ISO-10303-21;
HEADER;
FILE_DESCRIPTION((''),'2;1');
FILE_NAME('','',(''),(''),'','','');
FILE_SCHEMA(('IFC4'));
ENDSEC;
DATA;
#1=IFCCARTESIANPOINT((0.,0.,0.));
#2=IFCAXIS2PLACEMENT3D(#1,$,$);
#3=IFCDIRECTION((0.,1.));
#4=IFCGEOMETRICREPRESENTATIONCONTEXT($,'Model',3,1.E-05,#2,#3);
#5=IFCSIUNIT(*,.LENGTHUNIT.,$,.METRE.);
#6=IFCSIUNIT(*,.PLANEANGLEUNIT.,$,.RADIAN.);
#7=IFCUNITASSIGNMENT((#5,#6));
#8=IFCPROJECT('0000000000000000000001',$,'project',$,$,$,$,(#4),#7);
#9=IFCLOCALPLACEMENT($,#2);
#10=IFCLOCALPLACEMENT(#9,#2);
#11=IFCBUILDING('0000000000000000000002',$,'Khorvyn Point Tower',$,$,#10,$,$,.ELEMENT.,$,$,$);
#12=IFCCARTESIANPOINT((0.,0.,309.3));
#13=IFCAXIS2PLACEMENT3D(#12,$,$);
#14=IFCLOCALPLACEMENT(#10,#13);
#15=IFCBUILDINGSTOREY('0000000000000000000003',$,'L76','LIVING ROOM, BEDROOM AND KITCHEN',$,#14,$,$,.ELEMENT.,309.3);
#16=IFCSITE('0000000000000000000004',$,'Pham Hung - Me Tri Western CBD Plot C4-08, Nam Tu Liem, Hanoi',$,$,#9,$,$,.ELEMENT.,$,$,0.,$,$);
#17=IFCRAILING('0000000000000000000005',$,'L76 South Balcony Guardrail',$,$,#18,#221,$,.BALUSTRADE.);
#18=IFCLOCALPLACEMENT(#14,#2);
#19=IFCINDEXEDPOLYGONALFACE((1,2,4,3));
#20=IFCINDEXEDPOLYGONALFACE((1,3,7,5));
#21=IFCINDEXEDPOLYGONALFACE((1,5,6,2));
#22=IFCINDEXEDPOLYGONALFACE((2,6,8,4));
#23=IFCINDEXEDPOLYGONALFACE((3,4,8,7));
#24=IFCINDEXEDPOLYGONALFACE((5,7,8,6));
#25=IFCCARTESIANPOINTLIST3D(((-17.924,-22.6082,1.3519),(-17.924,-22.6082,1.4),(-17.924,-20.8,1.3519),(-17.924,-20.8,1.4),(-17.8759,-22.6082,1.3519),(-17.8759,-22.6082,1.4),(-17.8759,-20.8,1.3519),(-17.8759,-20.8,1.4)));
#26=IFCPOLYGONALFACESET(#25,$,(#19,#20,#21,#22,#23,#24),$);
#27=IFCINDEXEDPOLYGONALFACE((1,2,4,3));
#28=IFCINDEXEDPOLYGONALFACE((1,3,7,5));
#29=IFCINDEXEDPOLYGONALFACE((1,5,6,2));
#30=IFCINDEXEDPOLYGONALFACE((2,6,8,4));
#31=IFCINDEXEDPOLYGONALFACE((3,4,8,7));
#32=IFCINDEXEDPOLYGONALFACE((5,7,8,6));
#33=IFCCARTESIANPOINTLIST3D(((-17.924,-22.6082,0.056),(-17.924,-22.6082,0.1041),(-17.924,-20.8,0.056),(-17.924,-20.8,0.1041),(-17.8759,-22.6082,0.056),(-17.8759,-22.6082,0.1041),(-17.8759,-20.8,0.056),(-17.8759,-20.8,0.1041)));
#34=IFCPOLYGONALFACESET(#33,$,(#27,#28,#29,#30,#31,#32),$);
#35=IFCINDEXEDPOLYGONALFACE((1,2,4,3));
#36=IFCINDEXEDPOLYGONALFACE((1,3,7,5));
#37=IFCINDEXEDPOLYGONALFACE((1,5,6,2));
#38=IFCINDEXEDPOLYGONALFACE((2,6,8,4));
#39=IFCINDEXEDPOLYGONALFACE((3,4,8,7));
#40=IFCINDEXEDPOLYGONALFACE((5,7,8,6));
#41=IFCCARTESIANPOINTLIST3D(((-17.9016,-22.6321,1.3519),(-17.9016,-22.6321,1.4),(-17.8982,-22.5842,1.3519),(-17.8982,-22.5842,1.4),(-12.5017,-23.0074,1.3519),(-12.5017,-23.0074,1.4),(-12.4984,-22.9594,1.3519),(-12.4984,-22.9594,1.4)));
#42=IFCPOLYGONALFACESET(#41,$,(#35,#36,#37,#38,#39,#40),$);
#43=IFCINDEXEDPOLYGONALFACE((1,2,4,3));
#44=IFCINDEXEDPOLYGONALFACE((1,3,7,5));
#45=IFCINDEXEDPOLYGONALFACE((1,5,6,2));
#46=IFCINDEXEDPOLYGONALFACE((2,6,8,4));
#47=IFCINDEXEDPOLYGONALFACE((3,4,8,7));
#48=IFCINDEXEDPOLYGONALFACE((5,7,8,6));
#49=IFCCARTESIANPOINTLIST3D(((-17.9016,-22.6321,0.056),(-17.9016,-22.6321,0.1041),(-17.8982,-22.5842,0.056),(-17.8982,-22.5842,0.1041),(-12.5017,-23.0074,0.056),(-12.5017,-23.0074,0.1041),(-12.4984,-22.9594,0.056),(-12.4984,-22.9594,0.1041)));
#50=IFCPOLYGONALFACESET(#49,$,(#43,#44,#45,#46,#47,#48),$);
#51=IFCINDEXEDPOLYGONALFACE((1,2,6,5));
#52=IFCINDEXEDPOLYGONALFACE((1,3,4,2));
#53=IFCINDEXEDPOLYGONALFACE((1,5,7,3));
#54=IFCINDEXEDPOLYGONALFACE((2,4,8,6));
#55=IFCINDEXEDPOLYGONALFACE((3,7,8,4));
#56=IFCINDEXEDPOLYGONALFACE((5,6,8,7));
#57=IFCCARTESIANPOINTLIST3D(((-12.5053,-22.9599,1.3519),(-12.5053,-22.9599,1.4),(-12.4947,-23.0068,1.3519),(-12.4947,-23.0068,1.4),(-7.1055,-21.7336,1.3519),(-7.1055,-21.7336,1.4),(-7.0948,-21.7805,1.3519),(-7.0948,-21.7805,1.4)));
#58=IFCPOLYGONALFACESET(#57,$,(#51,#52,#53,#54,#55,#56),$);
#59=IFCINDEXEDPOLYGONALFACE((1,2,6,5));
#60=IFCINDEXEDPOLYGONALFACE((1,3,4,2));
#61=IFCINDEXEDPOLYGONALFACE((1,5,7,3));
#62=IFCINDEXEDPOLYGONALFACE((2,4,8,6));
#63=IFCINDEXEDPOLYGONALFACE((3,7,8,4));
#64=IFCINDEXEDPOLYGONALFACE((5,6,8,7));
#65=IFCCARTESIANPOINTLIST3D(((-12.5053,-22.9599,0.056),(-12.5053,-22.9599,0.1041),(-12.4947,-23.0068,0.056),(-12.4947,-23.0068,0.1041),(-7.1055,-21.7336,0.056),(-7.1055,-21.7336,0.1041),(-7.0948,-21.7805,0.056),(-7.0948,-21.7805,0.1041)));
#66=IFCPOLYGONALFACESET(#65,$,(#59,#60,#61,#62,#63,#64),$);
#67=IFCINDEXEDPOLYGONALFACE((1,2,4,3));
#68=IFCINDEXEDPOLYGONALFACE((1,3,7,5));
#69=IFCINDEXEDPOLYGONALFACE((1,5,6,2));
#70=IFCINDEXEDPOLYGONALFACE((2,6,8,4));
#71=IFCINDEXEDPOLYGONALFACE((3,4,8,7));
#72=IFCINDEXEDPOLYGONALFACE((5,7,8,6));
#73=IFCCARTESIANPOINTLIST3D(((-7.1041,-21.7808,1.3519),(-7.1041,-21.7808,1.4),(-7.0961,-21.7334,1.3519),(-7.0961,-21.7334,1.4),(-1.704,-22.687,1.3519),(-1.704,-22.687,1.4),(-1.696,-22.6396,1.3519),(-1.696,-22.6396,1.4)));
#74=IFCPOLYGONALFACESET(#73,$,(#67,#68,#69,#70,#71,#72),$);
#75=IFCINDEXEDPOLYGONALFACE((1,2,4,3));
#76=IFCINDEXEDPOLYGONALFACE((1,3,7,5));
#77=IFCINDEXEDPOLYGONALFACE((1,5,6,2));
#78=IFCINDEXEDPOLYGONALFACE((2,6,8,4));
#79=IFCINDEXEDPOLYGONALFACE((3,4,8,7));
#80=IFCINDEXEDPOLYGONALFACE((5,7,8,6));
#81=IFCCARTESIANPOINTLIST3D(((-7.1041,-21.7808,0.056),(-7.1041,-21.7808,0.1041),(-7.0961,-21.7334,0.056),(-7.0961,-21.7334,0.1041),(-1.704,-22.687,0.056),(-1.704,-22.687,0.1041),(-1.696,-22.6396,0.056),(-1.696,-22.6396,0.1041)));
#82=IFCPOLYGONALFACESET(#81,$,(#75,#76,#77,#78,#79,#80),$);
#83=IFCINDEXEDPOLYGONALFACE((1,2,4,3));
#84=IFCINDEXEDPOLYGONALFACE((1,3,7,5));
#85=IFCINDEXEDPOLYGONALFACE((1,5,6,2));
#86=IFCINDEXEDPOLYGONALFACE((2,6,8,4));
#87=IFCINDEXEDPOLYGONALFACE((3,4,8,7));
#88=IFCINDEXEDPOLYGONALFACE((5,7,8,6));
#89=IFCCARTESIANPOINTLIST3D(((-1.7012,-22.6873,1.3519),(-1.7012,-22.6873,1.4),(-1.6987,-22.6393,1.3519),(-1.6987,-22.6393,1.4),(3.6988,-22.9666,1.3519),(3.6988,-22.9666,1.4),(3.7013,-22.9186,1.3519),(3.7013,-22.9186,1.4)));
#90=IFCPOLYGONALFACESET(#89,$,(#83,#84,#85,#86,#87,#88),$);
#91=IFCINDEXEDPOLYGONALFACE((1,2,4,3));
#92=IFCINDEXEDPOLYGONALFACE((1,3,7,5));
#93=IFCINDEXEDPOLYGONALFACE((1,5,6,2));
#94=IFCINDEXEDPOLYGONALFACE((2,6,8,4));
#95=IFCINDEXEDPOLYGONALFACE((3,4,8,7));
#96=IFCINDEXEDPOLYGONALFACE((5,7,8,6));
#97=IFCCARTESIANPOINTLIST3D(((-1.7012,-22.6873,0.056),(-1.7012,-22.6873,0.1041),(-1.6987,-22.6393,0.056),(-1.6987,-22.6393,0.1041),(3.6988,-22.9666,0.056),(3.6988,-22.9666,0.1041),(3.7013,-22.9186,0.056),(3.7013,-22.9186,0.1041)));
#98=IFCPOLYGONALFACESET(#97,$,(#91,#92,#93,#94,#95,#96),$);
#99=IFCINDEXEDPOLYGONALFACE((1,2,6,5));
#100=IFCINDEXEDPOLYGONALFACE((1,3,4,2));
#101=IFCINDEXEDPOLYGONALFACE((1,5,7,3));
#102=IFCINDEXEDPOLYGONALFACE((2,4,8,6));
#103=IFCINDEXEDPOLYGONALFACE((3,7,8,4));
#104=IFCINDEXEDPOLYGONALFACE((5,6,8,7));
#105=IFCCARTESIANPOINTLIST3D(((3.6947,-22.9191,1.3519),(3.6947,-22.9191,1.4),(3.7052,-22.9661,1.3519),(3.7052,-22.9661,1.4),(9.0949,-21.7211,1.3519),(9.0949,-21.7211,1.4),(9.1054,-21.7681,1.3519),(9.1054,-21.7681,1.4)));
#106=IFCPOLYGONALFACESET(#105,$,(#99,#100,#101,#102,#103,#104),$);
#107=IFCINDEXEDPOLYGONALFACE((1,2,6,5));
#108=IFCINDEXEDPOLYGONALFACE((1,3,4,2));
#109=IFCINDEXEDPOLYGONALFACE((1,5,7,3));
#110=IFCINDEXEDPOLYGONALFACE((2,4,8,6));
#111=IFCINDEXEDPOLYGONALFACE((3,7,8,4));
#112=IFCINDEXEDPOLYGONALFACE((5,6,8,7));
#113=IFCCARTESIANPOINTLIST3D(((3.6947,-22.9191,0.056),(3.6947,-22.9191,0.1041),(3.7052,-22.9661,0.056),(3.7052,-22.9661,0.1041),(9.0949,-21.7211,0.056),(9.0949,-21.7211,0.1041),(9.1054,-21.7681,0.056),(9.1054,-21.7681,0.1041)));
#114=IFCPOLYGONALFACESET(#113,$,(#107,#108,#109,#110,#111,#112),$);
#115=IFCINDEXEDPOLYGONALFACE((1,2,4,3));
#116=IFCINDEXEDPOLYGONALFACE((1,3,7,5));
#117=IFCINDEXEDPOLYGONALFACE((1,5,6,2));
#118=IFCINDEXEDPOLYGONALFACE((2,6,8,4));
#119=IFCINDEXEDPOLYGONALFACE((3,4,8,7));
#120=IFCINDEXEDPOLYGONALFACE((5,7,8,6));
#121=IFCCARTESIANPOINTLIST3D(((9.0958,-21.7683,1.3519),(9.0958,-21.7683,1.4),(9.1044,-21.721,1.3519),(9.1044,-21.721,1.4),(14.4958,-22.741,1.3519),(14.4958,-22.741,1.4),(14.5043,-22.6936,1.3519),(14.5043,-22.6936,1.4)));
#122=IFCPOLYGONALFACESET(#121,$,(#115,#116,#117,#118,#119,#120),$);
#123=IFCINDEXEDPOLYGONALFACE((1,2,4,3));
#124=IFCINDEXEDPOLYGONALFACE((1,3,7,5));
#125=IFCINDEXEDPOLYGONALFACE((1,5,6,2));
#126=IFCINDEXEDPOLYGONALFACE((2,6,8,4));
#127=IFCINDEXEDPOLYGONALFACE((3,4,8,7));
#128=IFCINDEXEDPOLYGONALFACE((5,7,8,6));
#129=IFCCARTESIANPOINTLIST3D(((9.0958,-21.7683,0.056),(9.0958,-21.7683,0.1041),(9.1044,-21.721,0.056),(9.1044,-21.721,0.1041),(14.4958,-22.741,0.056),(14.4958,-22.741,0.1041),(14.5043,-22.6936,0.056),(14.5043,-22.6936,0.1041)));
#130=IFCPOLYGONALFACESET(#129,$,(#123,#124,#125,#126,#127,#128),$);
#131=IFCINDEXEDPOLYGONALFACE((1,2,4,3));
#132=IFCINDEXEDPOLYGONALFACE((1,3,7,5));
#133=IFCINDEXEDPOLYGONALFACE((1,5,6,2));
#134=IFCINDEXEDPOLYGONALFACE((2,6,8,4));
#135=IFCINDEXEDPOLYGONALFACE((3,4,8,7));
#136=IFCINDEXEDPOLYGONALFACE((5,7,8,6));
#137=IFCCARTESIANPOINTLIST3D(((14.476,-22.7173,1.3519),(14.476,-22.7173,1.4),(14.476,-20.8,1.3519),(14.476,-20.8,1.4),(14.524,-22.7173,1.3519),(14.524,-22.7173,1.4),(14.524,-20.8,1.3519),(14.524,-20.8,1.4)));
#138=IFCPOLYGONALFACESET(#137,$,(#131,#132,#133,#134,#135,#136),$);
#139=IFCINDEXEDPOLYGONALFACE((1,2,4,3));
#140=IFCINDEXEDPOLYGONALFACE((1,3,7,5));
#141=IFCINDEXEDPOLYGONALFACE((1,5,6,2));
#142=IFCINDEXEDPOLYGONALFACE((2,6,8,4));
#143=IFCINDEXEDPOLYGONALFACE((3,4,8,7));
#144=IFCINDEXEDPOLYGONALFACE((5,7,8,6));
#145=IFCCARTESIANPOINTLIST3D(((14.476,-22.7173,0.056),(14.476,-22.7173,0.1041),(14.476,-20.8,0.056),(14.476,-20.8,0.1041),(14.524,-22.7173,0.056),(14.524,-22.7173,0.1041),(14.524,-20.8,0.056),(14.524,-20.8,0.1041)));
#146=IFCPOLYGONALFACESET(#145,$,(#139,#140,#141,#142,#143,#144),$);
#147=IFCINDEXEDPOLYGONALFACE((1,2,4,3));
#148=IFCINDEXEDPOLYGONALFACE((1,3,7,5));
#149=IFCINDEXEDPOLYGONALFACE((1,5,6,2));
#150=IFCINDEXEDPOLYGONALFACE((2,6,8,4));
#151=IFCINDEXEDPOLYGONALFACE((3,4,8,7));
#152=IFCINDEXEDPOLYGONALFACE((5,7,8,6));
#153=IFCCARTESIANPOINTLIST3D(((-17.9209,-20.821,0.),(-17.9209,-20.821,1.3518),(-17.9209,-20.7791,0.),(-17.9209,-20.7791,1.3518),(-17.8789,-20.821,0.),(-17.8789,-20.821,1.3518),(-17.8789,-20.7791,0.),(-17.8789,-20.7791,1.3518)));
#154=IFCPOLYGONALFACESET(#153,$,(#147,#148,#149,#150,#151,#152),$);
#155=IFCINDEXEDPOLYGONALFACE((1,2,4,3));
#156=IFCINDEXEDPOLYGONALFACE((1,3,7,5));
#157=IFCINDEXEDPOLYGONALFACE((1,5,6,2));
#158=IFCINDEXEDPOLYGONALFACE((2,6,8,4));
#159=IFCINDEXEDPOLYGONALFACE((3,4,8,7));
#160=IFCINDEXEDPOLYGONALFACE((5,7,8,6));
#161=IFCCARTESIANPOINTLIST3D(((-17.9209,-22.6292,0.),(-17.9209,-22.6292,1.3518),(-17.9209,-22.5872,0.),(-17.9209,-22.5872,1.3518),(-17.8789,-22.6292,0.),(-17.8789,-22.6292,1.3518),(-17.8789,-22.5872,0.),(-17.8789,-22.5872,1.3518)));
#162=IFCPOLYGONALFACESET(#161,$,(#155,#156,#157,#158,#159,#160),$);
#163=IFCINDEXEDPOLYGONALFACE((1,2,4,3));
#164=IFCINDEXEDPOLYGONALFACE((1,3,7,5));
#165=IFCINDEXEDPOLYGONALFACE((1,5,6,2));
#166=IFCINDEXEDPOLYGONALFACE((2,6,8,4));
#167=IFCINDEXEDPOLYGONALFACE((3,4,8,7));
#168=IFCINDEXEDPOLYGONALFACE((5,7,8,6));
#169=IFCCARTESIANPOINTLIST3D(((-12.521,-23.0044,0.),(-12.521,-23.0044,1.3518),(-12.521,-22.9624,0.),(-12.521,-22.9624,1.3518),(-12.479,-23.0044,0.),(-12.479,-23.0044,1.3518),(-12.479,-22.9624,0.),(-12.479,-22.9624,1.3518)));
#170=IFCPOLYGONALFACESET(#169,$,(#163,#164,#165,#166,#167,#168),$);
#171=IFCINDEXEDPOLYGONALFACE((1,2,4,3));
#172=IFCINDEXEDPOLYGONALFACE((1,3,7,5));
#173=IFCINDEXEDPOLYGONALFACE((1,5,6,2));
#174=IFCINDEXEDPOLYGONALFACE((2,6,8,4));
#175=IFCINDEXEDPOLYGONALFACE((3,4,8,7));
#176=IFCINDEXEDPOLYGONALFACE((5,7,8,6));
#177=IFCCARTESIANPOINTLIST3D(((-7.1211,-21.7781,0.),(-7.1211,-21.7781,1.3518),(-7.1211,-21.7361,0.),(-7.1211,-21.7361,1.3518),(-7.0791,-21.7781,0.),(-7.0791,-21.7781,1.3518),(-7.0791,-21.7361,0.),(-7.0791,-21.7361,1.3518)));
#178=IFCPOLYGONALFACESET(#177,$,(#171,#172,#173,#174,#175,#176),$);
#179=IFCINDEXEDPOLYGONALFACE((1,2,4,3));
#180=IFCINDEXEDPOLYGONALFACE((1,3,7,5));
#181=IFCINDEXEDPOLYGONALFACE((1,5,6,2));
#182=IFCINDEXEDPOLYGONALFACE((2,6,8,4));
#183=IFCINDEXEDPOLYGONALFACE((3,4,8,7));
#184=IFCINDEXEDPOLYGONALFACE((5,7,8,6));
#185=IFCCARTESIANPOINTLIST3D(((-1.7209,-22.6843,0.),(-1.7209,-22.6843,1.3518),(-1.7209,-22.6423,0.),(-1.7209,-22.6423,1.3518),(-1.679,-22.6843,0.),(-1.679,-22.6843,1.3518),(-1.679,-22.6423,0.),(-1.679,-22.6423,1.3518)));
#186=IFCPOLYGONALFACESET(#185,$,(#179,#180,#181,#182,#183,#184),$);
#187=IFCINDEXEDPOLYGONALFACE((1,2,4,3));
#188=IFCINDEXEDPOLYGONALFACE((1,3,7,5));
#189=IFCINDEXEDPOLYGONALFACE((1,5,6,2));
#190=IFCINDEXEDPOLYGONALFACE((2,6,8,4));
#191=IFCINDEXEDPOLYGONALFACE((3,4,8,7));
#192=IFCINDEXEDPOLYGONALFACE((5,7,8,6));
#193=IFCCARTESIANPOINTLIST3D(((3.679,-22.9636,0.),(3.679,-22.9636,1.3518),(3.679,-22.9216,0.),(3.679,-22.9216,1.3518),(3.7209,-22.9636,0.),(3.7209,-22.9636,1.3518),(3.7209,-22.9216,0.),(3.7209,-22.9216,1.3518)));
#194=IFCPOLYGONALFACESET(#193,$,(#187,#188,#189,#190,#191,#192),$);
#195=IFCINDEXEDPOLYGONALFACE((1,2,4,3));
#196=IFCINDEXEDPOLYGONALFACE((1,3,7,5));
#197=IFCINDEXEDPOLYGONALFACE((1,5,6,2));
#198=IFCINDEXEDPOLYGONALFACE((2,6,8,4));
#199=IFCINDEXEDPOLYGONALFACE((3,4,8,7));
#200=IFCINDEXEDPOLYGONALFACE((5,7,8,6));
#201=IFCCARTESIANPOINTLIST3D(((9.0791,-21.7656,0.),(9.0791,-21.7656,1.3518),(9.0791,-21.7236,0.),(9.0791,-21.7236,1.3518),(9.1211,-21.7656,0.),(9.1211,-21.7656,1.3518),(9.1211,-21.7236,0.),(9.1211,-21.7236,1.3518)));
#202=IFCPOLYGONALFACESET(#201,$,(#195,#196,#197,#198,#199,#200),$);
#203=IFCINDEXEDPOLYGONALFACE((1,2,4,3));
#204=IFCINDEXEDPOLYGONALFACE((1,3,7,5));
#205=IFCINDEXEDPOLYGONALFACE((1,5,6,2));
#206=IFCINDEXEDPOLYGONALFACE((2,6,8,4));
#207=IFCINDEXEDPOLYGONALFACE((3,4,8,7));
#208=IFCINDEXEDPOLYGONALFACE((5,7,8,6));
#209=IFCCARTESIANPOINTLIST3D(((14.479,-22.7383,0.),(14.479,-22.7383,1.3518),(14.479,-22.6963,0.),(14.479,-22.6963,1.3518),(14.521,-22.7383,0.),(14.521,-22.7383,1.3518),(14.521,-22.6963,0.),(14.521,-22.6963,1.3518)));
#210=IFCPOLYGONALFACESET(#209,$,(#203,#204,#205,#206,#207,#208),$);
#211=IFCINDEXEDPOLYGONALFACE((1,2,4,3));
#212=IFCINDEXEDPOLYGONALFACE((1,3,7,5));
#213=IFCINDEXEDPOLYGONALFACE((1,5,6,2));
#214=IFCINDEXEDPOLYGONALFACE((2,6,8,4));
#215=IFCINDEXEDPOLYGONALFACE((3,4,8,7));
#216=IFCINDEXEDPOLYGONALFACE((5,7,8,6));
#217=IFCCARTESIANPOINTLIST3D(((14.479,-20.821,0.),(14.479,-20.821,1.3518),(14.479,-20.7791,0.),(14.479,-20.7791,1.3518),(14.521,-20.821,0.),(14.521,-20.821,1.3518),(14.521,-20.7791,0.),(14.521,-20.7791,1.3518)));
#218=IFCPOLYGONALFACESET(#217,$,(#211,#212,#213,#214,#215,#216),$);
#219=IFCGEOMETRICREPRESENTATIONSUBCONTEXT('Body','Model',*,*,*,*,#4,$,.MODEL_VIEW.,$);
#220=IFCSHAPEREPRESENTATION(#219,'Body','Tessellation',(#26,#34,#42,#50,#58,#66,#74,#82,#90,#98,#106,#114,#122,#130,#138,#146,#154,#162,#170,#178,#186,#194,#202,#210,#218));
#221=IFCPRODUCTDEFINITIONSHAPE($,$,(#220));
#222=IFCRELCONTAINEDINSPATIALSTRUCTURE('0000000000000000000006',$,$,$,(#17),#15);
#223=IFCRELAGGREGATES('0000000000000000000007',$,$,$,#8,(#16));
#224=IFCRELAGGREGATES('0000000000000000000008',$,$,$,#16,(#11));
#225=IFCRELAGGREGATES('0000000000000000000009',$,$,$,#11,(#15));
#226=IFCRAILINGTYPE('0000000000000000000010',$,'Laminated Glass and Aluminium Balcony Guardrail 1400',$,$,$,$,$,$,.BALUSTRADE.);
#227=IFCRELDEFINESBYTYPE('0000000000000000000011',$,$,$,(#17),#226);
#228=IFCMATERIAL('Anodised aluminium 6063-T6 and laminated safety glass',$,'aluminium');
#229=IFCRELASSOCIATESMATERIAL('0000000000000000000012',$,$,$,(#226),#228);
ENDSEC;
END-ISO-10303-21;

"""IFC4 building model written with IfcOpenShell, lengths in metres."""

from ifc_helpers import new_model, si_unit, direction, frame, origin, origin_2d, place, context, subcontext, project, spatial, rectangle, extrude, material, type_object, element, save


model = new_model("IFC4")

# Units and contexts
model_context = context("Model", 3, precision=1e-05, world=origin(), true_north=direction((0.0, 1.0)))
body_context = subcontext(model_context, "Body", "Model", "MODEL_VIEW")
ifc_project = project(units=[si_unit("LENGTHUNIT", "METRE"), si_unit("PLANEANGLEUNIT", "RADIAN")], contexts=[model_context])

# Site, building, storey
site_placement = place(None, origin())
site = spatial("IfcSite", under=ifc_project, at=site_placement, Name="Pham Hung - Me Tri Western CBD Plot C4-08, Nam Tu Liem, Hanoi", CompositionType="ELEMENT", RefElevation=0.0)
building_placement = place(site_placement, origin())
building = spatial("IfcBuilding", under=site, at=building_placement, Name="Khorvyn Point Tower", CompositionType="ELEMENT")
storey_placement = place(building_placement, frame((0.0, 0.0, 309.3)))
storey = spatial("IfcBuildingStorey", under=building, at=storey_placement, Name="L76", Description="LIVING ROOM, BEDROOM AND KITCHEN", CompositionType="ELEMENT", Elevation=309.3)

# Railing
ifc_material_1 = material(Name="Anodised aluminium 6063-T6 and laminated safety glass", Category="aluminium")
railing_type = type_object("IfcRailingType", Name="Laminated Glass and Aluminium Balcony Guardrail 1400", PredefinedType="BALUSTRADE", material=ifc_material_1)
railing_1_placement = place(storey_placement, frame((-17.8999, -20.8, 0.0)))
element("IfcRailing", 1, at=railing_1_placement, inside=storey, type_object=railing_type, Name="L76 South Balcony Guardrail", PredefinedType="BALUSTRADE", context=body_context, shape_type="SweptSolid", body=[
    extrude(rectangle(XDim=0.0481, YDim=0.0481, at=origin_2d()), frame((0.0, 0.0, 1.376), z_axis=(0.0, -1.0, 0.0), x_axis=(1.0, 0.0, 0.0)), (0.0, 0.0, 1.0), 1.8081),
    extrude(rectangle(XDim=0.0481, YDim=0.0481, at=origin_2d()), frame((0.0, 0.0, 0.0801), z_axis=(0.0, -1.0, 0.0), x_axis=(1.0, 0.0, 0.0)), (0.0, 0.0, 1.0), 1.8081),
    extrude(rectangle(XDim=0.0481, YDim=0.0481, at=origin_2d()), frame((0.0, -1.8081, 1.376), z_axis=(0.997594, -0.069324, 0.0), x_axis=(0.069324, 0.997594, 0.0)), (0.0, 0.0, 1.0), 5.4128),
    extrude(rectangle(XDim=0.0481, YDim=0.0481, at=origin_2d()), frame((0.0, -1.8081, 0.0801), z_axis=(0.997594, -0.069324, 0.0), x_axis=(0.069324, 0.997594, 0.0)), (0.0, 0.0, 1.0), 5.4128),
    extrude(rectangle(XDim=0.0481, YDim=0.0481, at=origin_2d()), frame((5.3999, -2.1833, 1.376), z_axis=(0.975169, 0.221461, 0.0), x_axis=(-0.221461, 0.975169, 0.0)), (0.0, 0.0, 1.0), 5.5374),
    extrude(rectangle(XDim=0.0481, YDim=0.0481, at=origin_2d()), frame((5.3999, -2.1833, 0.0801), z_axis=(0.975169, 0.221461, 0.0), x_axis=(-0.221461, 0.975169, 0.0)), (0.0, 0.0, 1.0), 5.5374),
    extrude(rectangle(XDim=0.0481, YDim=0.0481, at=origin_2d()), frame((10.7998, -0.957, 1.376), z_axis=(0.986209, -0.165505, 0.0), x_axis=(0.165505, 0.986209, 0.0)), (0.0, 0.0, 1.0), 5.4756),
    extrude(rectangle(XDim=0.0481, YDim=0.0481, at=origin_2d()), frame((10.7998, -0.957, 0.0801), z_axis=(0.986209, -0.165505, 0.0), x_axis=(0.165505, 0.986209, 0.0)), (0.0, 0.0, 1.0), 5.4756),
    extrude(rectangle(XDim=0.0481, YDim=0.0481, at=origin_2d()), frame((16.2, -1.8633, 1.376), z_axis=(0.998665, -0.051654, 0.0), x_axis=(0.051654, 0.998665, 0.0)), (0.0, 0.0, 1.0), 5.4072),
    extrude(rectangle(XDim=0.0481, YDim=0.0481, at=origin_2d()), frame((16.2, -1.8633, 0.0801), z_axis=(0.998665, -0.051654, 0.0), x_axis=(0.051654, 0.998665, 0.0)), (0.0, 0.0, 1.0), 5.4072),
    extrude(rectangle(XDim=0.0481, YDim=0.0481, at=origin_2d()), frame((21.5999, -2.1426, 1.376), z_axis=(0.976265, 0.21658, 0.0), x_axis=(-0.21658, 0.976265, 0.0)), (0.0, 0.0, 1.0), 5.5315),
    extrude(rectangle(XDim=0.0481, YDim=0.0481, at=origin_2d()), frame((21.5999, -2.1426, 0.0801), z_axis=(0.976265, 0.21658, 0.0), x_axis=(-0.21658, 0.976265, 0.0)), (0.0, 0.0, 1.0), 5.5315),
    extrude(rectangle(XDim=0.0481, YDim=0.0481, at=origin_2d()), frame((27.0, -0.9446, 1.376), z_axis=(0.984162, -0.177272, 0.0), x_axis=(0.177272, 0.984162, 0.0)), (0.0, 0.0, 1.0), 5.4868),
    extrude(rectangle(XDim=0.0481, YDim=0.0481, at=origin_2d()), frame((27.0, -0.9446, 0.0801), z_axis=(0.984162, -0.177272, 0.0), x_axis=(0.177272, 0.984162, 0.0)), (0.0, 0.0, 1.0), 5.4868),
    extrude(rectangle(XDim=0.0481, YDim=0.0481, at=origin_2d()), frame((32.3999, -1.9172, 1.376), z_axis=(0.0, 1.0, 0.0), x_axis=(-1.0, 0.0, 0.0)), (0.0, 0.0, 1.0), 1.9172),
    extrude(rectangle(XDim=0.0481, YDim=0.0481, at=origin_2d()), frame((32.3999, -1.9172, 0.0801), z_axis=(0.0, 1.0, 0.0), x_axis=(-1.0, 0.0, 0.0)), (0.0, 0.0, 1.0), 1.9172),
    extrude(rectangle(XDim=0.042, YDim=0.042, at=origin_2d()), origin(), (0.0, 0.0, 1.0), 1.3518),
    extrude(rectangle(XDim=0.042, YDim=0.042, at=origin_2d()), frame((0.0, -1.8081, 0.0)), (0.0, 0.0, 1.0), 1.3518),
    extrude(rectangle(XDim=0.042, YDim=0.042, at=origin_2d()), frame((5.3999, -2.1833, 0.0)), (0.0, 0.0, 1.0), 1.3518),
    extrude(rectangle(XDim=0.042, YDim=0.042, at=origin_2d()), frame((10.7998, -0.957, 0.0)), (0.0, 0.0, 1.0), 1.3518),
    extrude(rectangle(XDim=0.042, YDim=0.042, at=origin_2d()), frame((16.2, -1.8633, 0.0)), (0.0, 0.0, 1.0), 1.3518),
    extrude(rectangle(XDim=0.042, YDim=0.042, at=origin_2d()), frame((21.5999, -2.1426, 0.0)), (0.0, 0.0, 1.0), 1.3518),
    extrude(rectangle(XDim=0.042, YDim=0.042, at=origin_2d()), frame((27.0, -0.9446, 0.0)), (0.0, 0.0, 1.0), 1.3518),
    extrude(rectangle(XDim=0.042, YDim=0.042, at=origin_2d()), frame((32.3999, -1.9172, 0.0)), (0.0, 0.0, 1.0), 1.3518),
    extrude(rectangle(XDim=0.042, YDim=0.042, at=origin_2d()), frame((32.3999, 0.0, 0.0)), (0.0, 0.0, 1.0), 1.3518),
])

save(model, "model.ifc")
